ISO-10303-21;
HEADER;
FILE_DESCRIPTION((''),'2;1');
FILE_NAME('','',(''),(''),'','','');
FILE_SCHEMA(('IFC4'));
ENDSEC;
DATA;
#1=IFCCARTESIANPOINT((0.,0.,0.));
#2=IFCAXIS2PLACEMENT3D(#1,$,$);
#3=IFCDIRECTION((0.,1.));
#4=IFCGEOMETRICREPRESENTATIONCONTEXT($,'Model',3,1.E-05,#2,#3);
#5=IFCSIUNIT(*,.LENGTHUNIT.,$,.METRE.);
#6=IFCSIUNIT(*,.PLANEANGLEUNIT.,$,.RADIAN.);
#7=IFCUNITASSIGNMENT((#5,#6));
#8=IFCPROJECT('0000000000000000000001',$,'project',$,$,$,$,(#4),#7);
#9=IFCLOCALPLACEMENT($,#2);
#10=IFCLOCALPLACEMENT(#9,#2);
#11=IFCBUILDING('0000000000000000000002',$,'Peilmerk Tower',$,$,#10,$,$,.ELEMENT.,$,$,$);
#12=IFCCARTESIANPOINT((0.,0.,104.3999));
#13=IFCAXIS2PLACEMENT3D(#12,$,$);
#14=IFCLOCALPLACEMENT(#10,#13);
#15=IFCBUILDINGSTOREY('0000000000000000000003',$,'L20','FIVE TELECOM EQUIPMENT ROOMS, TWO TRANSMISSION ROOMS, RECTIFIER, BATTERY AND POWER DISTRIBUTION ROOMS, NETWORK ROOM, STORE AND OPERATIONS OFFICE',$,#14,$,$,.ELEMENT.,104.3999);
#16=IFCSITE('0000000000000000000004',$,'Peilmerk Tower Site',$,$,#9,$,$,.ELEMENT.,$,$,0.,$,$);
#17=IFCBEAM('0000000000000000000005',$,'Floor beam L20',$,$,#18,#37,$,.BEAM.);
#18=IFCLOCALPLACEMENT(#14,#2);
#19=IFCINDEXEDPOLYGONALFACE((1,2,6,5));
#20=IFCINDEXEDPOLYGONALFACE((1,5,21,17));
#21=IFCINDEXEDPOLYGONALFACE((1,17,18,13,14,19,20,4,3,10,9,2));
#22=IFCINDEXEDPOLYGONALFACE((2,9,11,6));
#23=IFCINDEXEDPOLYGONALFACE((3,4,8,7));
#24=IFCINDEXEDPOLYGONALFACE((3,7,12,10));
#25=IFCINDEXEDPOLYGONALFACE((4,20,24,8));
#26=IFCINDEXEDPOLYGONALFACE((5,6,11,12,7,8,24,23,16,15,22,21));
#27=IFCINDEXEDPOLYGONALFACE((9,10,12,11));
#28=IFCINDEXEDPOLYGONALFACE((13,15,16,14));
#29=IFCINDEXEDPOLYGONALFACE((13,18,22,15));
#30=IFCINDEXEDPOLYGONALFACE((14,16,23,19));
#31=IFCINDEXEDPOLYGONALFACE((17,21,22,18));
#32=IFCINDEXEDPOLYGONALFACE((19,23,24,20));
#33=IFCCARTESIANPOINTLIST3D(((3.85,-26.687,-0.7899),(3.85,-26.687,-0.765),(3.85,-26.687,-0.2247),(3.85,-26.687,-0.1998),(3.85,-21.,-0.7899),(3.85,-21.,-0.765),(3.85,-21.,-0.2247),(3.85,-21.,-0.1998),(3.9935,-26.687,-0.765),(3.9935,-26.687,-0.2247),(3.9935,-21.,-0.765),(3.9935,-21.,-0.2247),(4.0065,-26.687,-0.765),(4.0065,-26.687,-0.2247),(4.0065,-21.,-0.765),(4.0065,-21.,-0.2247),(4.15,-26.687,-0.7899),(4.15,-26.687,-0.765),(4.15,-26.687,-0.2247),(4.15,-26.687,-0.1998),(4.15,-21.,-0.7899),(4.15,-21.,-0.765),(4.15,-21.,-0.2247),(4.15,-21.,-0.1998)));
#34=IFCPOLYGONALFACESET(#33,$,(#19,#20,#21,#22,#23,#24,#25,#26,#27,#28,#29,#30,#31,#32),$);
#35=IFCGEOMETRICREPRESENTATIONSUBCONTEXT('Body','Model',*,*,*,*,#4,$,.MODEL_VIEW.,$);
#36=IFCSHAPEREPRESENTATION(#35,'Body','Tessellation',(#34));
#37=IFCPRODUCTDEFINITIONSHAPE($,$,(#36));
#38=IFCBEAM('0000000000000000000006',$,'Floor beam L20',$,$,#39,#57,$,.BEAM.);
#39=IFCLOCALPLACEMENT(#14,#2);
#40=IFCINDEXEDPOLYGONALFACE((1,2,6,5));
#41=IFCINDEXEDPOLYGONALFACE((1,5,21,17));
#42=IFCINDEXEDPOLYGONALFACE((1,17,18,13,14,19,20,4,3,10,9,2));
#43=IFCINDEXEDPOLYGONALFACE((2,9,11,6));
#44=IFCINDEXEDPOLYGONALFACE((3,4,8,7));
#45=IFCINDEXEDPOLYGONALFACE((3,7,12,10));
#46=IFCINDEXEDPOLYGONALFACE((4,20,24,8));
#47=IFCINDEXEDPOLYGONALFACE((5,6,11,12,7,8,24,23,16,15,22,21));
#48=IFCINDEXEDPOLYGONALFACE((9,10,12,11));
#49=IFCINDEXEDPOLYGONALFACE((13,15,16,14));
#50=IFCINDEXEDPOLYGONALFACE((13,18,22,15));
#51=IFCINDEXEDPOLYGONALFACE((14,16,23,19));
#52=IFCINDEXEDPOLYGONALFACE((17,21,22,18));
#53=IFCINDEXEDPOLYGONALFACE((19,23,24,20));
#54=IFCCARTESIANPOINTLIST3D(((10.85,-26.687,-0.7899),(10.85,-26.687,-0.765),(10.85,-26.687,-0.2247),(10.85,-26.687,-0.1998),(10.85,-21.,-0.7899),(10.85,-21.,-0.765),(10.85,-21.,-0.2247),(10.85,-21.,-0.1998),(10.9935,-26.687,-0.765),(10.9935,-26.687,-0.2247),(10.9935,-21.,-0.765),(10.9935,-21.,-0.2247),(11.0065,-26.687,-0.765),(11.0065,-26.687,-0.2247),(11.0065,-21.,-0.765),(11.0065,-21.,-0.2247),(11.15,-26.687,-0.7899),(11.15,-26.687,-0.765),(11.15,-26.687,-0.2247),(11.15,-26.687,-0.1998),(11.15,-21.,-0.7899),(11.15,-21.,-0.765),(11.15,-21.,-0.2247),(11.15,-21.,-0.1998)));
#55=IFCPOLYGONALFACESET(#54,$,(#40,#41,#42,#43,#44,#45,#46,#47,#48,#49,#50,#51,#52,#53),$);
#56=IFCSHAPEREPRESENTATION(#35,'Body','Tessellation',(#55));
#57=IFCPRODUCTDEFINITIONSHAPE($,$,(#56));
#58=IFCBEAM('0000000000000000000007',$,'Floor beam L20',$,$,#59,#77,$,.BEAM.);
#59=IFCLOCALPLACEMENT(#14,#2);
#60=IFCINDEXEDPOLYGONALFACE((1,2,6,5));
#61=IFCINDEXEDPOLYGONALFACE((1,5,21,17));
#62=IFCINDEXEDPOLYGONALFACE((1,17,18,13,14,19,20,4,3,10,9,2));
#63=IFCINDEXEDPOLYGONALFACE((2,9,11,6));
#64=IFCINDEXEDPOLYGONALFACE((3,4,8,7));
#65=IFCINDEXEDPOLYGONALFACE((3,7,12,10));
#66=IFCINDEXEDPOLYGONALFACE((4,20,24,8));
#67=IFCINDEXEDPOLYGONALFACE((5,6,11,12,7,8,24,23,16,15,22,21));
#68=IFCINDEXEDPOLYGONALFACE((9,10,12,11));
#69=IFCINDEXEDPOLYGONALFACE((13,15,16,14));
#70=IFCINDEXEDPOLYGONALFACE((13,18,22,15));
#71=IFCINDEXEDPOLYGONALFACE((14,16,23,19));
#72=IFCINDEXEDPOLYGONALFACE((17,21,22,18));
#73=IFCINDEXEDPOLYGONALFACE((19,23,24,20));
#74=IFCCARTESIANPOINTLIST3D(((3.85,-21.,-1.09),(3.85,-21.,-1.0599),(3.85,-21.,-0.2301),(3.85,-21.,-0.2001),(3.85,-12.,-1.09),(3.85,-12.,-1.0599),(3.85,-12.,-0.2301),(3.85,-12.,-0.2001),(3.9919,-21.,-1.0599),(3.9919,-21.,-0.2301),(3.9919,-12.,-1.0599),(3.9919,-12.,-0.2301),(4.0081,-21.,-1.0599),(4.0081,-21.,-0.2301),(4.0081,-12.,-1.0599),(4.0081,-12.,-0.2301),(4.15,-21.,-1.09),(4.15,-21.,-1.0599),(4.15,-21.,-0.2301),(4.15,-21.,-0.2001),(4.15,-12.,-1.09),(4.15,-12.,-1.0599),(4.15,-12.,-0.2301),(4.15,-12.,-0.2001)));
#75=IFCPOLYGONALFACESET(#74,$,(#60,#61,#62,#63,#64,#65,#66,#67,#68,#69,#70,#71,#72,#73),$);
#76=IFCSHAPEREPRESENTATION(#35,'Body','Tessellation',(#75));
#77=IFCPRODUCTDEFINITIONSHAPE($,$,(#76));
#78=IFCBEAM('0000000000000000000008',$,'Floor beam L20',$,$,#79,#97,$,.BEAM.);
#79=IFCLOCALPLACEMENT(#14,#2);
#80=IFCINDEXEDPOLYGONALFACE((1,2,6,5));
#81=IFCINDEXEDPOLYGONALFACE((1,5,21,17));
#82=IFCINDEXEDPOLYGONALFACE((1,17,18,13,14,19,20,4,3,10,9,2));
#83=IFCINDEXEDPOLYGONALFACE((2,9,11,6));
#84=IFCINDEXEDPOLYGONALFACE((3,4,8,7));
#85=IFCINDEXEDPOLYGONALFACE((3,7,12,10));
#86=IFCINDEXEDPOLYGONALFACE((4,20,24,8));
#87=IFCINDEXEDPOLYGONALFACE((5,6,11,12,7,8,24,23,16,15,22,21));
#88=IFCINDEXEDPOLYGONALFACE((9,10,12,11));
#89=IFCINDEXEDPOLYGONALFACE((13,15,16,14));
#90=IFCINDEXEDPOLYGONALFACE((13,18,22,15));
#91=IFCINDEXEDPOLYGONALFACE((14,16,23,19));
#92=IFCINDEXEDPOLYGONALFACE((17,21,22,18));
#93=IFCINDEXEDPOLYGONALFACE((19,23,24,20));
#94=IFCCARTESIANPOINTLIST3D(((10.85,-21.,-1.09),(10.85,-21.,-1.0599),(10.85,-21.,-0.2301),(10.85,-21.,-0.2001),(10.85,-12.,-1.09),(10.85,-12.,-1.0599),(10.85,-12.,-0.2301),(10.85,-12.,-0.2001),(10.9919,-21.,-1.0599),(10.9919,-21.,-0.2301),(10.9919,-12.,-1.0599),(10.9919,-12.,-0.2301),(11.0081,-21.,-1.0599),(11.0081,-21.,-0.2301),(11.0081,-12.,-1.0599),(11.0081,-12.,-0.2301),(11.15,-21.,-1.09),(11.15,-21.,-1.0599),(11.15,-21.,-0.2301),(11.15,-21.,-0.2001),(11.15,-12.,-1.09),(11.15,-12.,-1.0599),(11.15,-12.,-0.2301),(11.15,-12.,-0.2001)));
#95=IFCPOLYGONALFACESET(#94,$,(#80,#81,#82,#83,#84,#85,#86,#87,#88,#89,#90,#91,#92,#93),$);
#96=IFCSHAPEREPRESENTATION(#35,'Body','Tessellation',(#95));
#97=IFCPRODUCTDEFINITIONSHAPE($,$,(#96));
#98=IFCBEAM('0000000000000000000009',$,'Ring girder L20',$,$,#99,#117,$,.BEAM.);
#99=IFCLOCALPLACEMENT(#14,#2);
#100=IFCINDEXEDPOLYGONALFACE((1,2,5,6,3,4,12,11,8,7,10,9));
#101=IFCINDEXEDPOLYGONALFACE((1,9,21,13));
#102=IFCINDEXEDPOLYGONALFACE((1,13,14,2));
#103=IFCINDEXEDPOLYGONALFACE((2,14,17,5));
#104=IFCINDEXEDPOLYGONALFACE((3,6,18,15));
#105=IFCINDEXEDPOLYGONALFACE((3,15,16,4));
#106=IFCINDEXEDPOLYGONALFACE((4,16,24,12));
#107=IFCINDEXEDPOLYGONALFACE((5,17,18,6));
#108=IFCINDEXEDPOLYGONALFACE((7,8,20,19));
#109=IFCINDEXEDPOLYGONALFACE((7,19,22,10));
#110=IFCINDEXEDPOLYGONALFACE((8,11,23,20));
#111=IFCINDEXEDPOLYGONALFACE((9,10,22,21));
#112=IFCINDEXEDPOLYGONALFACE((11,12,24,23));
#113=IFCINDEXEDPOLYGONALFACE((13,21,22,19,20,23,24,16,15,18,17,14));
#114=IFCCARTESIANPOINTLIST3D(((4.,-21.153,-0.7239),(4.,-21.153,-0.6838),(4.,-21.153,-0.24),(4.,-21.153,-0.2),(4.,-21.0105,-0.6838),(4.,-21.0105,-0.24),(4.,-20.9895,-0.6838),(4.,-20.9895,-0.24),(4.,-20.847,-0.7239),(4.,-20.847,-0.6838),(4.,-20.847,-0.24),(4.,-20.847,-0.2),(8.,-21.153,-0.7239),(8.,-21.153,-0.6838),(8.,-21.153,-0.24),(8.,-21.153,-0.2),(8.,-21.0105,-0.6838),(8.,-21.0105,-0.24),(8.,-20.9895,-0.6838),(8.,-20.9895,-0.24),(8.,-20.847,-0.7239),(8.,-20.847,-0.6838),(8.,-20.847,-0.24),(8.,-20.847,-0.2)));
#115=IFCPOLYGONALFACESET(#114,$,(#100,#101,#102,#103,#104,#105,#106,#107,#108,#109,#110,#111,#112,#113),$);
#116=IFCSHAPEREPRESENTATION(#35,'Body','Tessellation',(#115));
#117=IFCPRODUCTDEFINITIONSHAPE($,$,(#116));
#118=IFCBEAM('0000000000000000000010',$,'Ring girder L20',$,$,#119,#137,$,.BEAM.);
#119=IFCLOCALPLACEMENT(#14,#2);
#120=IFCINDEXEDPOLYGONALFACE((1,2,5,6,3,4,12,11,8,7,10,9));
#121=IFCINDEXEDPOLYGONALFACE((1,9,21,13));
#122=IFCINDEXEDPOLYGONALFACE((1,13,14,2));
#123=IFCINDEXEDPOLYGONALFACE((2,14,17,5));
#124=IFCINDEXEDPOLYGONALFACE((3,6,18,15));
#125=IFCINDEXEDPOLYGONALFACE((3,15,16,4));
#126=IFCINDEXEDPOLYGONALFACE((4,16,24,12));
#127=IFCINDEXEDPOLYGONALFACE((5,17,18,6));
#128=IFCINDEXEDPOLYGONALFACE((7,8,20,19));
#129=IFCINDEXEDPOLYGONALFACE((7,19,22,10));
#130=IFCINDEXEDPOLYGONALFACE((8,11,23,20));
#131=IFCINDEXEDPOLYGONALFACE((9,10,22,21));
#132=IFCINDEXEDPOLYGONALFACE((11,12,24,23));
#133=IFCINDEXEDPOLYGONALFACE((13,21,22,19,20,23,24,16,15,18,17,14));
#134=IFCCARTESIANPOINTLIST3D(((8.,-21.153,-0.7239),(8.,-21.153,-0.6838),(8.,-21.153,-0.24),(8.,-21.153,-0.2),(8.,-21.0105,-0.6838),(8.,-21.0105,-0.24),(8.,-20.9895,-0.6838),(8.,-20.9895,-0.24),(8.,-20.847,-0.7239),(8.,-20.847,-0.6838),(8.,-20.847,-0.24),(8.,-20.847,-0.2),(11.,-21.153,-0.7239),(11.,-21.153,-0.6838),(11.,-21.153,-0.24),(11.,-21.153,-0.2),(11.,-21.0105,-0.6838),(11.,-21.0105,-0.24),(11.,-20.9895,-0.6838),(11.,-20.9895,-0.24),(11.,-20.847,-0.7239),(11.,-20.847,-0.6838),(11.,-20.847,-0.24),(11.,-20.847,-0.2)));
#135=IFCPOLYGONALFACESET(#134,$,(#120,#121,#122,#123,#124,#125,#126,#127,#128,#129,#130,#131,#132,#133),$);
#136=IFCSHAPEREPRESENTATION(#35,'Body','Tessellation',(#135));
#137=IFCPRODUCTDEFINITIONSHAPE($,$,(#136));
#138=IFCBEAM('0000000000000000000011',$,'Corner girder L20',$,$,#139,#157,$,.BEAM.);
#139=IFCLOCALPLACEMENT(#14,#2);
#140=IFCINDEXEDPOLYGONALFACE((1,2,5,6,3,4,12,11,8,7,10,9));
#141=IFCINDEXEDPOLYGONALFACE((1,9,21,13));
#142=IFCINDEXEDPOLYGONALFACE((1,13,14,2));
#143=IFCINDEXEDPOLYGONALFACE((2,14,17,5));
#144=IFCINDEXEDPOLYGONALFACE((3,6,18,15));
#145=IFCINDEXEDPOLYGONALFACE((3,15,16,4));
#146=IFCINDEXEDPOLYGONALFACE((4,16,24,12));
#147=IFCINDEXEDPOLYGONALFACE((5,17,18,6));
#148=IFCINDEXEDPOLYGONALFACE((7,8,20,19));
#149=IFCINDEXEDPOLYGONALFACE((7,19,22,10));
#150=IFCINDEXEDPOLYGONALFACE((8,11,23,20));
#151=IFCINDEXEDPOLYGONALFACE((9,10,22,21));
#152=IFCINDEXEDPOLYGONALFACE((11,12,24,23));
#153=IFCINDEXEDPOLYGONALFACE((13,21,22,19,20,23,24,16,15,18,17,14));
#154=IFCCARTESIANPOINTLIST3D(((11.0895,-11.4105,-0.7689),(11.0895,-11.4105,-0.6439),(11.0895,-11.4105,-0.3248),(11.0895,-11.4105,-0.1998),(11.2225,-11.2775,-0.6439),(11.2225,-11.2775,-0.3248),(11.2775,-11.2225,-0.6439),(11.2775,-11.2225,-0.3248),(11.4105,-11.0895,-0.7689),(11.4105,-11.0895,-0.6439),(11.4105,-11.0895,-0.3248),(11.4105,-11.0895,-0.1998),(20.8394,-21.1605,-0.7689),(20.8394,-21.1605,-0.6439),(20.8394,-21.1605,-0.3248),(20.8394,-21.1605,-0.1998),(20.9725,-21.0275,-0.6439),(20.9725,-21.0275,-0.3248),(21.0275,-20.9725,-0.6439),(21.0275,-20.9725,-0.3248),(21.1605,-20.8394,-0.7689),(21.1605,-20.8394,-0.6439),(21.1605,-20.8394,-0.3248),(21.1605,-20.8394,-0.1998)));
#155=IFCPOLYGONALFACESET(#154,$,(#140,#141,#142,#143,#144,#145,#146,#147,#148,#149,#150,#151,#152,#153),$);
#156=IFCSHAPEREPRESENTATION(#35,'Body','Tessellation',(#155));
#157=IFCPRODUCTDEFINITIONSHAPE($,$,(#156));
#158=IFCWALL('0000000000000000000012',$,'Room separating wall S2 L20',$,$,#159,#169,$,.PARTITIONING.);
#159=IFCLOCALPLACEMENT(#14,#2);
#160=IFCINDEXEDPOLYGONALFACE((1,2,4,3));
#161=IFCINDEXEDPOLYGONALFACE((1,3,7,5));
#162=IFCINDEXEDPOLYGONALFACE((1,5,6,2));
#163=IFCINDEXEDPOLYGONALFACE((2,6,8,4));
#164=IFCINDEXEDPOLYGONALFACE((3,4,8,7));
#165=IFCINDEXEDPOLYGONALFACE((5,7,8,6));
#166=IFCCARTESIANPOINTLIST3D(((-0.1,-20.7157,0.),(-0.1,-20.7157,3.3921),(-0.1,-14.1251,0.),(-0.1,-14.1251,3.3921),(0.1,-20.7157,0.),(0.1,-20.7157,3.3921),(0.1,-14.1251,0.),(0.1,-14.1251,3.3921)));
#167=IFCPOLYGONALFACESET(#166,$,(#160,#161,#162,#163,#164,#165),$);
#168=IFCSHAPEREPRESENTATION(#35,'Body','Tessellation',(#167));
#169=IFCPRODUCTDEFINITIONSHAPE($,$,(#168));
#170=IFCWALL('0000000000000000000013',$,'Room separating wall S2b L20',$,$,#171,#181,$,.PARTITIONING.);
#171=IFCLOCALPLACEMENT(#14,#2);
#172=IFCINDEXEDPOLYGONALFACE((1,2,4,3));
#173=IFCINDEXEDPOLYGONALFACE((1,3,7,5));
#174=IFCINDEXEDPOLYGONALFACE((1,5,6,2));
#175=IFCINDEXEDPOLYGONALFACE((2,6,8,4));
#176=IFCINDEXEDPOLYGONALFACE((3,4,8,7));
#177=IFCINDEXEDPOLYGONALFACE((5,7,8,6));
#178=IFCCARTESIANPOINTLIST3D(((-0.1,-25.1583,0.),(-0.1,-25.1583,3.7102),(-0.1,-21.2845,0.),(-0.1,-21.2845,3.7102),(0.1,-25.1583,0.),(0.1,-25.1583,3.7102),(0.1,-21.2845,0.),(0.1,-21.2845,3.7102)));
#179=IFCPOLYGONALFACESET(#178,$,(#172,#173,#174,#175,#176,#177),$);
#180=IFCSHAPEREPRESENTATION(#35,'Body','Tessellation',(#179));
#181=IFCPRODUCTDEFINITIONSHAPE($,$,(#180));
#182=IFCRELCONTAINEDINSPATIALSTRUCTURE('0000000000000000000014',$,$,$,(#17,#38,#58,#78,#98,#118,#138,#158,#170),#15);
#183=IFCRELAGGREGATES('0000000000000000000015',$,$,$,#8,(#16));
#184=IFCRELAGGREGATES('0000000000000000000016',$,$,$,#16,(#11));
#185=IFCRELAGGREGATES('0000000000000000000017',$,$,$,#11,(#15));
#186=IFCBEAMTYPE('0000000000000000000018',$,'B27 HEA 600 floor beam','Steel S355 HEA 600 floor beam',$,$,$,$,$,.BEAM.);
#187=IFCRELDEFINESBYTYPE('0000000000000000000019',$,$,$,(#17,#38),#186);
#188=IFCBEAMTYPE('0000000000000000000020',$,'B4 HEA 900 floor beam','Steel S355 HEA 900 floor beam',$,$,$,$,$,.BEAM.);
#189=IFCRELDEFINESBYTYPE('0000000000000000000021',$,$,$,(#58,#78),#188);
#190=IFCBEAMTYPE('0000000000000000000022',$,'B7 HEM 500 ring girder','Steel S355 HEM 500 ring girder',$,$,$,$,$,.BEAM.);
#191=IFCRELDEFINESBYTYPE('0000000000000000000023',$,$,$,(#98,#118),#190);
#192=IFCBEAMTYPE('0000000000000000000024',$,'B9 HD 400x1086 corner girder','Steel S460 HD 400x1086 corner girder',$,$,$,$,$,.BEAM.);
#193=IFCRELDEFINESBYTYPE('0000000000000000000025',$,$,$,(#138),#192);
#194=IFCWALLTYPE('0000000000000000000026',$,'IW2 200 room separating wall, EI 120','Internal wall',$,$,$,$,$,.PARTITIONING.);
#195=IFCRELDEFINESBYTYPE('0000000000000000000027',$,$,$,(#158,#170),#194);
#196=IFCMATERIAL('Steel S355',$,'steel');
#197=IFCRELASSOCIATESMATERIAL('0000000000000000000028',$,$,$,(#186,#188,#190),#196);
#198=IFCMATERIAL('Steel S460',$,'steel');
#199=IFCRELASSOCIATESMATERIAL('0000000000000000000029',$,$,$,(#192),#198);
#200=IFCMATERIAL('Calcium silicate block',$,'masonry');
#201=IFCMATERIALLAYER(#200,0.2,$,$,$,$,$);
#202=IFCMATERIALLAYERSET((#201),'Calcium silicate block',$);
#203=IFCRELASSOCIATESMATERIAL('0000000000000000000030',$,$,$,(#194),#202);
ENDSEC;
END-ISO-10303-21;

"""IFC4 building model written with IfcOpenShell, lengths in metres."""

from ifc_helpers import new_model, si_unit, direction, frame, frame_2d, origin, origin_2d, place, context, subcontext, project, spatial, rectangle, i_section, extrude, material, layer, layer_set, material_profile, profile_set, type_object, element, save


model = new_model("IFC4")

# Units and contexts
model_context = context("Model", 3, precision=1e-05, world=origin(), true_north=direction((0.0, 1.0)))
body_context = subcontext(model_context, "Body", "Model", "MODEL_VIEW")
ifc_project = project(units=[si_unit("LENGTHUNIT", "METRE"), si_unit("PLANEANGLEUNIT", "RADIAN")], contexts=[model_context])

# Site, building, storey
site_placement = place(None, origin())
site = spatial("IfcSite", under=ifc_project, at=site_placement, Name="Peilmerk Tower Site", CompositionType="ELEMENT", RefElevation=0.0)
building_placement = place(site_placement, origin())
building = spatial("IfcBuilding", under=site, at=building_placement, Name="Peilmerk Tower", CompositionType="ELEMENT")
storey_placement = place(building_placement, frame((0.0, 0.0, 104.3999)))
storey = spatial("IfcBuildingStorey", under=building, at=storey_placement, Name="L20", Description="FIVE TELECOM EQUIPMENT ROOMS, TWO TRANSMISSION ROOMS, RECTIFIER, BATTERY AND POWER DISTRIBUTION ROOMS, NETWORK ROOM, STORE AND OPERATIONS OFFICE", CompositionType="ELEMENT", Elevation=104.3999)

# Shared definitions
ifc_material_1 = material(Name="Steel S460", Category="steel")

# Beams
ifc_material_2 = material(Name="Steel S355", Category="steel")
ifc_material_profile_1 = material_profile(ifc_material_2, i_section(OverallWidth=0.3, OverallDepth=0.5901, WebThickness=0.0129, FlangeThickness=0.0249, at=origin_2d()), Name="HEA 600")
ifc_profile_set_1 = profile_set([ifc_material_profile_1], Name="Steel S355")
beam_type_1 = type_object("IfcBeamType", Name="B27 HEA 600 floor beam", Description="Steel S355 HEA 600 floor beam", PredefinedType="BEAM", material=ifc_profile_set_1)
for number, where, z_axis, x_axis, name in (
    (1, (4.0, -21.0, -0.4949), (0.0, -1.0, 0.0), (1.0, 0.0, 0.0), "Floor beam L20"),
    (2, (11.0, -21.0, -0.4949), (0.0, -1.0, 0.0), (1.0, 0.0, 0.0), "Floor beam L20"),
):
    element("IfcBeam", number, at=place(storey_placement, frame(where, z_axis=z_axis, x_axis=x_axis)), inside=storey, type_object=beam_type_1, Name=name, PredefinedType="BEAM", context=body_context, shape_type="SweptSolid", body=[
        extrude(i_section(OverallWidth=0.3, OverallDepth=0.5901, WebThickness=0.0129, FlangeThickness=0.0249, at=origin_2d()), origin(), (0.0, 0.0, 1.0), 5.687),
    ])
ifc_material_profile_2 = material_profile(ifc_material_2, i_section(OverallWidth=0.3, OverallDepth=0.8899, WebThickness=0.0161, FlangeThickness=0.03, at=origin_2d()), Name="HEA 900")
ifc_profile_set_2 = profile_set([ifc_material_profile_2], Name="Steel S355")
beam_type_2 = type_object("IfcBeamType", Name="B4 HEA 900 floor beam", Description="Steel S355 HEA 900 floor beam", PredefinedType="BEAM", material=ifc_profile_set_2)
for number, where, z_axis, x_axis, name in (
    (3, (4.0, -12.0, -0.645), (0.0, -1.0, 0.0), (1.0, 0.0, 0.0), "Floor beam L20"),
    (4, (11.0, -12.0, -0.645), (0.0, -1.0, 0.0), (1.0, 0.0, 0.0), "Floor beam L20"),
):
    element("IfcBeam", number, at=place(storey_placement, frame(where, z_axis=z_axis, x_axis=x_axis)), inside=storey, type_object=beam_type_2, Name=name, PredefinedType="BEAM", context=body_context, shape_type="SweptSolid", body=[
        extrude(i_section(OverallWidth=0.3, OverallDepth=0.8899, WebThickness=0.0161, FlangeThickness=0.03, at=origin_2d()), origin(), (0.0, 0.0, 1.0), 9.0),
    ])
ifc_material_profile_3 = material_profile(ifc_material_2, i_section(OverallWidth=0.3059, OverallDepth=0.5239, WebThickness=0.021, FlangeThickness=0.04, at=origin_2d()), Name="HEM 500")
ifc_profile_set_3 = profile_set([ifc_material_profile_3], Name="Steel S355")
beam_type_3 = type_object("IfcBeamType", Name="B7 HEM 500 ring girder", Description="Steel S355 HEM 500 ring girder", PredefinedType="BEAM", material=ifc_profile_set_3)
beam_1_placement = place(storey_placement, frame((4.0, -21.0, -0.4619), z_axis=(1.0, 0.0, 0.0), x_axis=(0.0, 1.0, 0.0)))
element("IfcBeam", 5, at=beam_1_placement, inside=storey, type_object=beam_type_3, Name="Ring girder L20", PredefinedType="BEAM", context=body_context, shape_type="SweptSolid", body=[
    extrude(i_section(OverallWidth=0.3059, OverallDepth=0.5239, WebThickness=0.021, FlangeThickness=0.04, at=origin_2d()), origin(), (0.0, 0.0, 1.0), 4.0),
])
beam_2_placement = place(storey_placement, frame((8.0, -21.0, -0.4619), z_axis=(1.0, 0.0, 0.0), x_axis=(0.0, 1.0, 0.0)))
element("IfcBeam", 6, at=beam_2_placement, inside=storey, type_object=beam_type_3, Name="Ring girder L20", PredefinedType="BEAM", context=body_context, shape_type="SweptSolid", body=[
    extrude(i_section(OverallWidth=0.3059, OverallDepth=0.5239, WebThickness=0.021, FlangeThickness=0.04, at=origin_2d()), origin(), (0.0, 0.0, 1.0), 3.0),
])
ifc_material_profile_4 = material_profile(ifc_material_1, i_section(OverallWidth=0.4541, OverallDepth=0.5691, WebThickness=0.0779, FlangeThickness=0.125, at=origin_2d()), Name="HD 400x1086")
ifc_profile_set_4 = profile_set([ifc_material_profile_4], Name="Steel S460")
beam_type_4 = type_object("IfcBeamType", Name="B9 HD 400x1086 corner girder", Description="Steel S460 HD 400x1086 corner girder", PredefinedType="BEAM", material=ifc_profile_set_4)
beam_3_placement = place(storey_placement, frame((11.25, -11.25, -0.4844), z_axis=(0.707107, -0.707107, 0.0), x_axis=(0.707107, 0.707107, 0.0)))
element("IfcBeam", 7, at=beam_3_placement, inside=storey, type_object=beam_type_4, Name="Corner girder L20", PredefinedType="BEAM", context=body_context, shape_type="SweptSolid", body=[
    extrude(i_section(OverallWidth=0.4541, OverallDepth=0.5691, WebThickness=0.0779, FlangeThickness=0.125, at=origin_2d()), origin(), (0.0, 0.0, 1.0), 13.7886),
])

# Walls
ifc_material_3 = material(Name="Calcium silicate block", Category="masonry")
ifc_layer_1 = layer(ifc_material_3, 0.2)
ifc_layer_set_1 = layer_set([ifc_layer_1], Name="Calcium silicate block")
wall_type_1 = type_object("IfcWallType", Name="IW2 200 room separating wall, EI 120", Description="Internal wall", PredefinedType="PARTITIONING", material=ifc_layer_set_1)
wall_1_placement = place(storey_placement, frame((0.0, -14.125, 0.0), z_axis=(0.0, 0.0, 1.0), x_axis=(0.0, -1.0, 0.0)))
element("IfcWall", 8, at=wall_1_placement, inside=storey, type_object=wall_type_1, Name="Room separating wall S2 L20", PredefinedType="PARTITIONING", context=body_context, shape_type="SweptSolid", body=[
    extrude(rectangle(XDim=6.5906, YDim=0.2, at=frame_2d((3.2954, 0.0))), origin(), (0.0, 0.0, 1.0), 3.3921),
])
wall_2_placement = place(storey_placement, frame((0.0, -21.2844, 0.0), z_axis=(0.0, 0.0, 1.0), x_axis=(0.0, -1.0, 0.0)))
element("IfcWall", 9, at=wall_2_placement, inside=storey, type_object=wall_type_1, Name="Room separating wall S2b L20", PredefinedType="PARTITIONING", context=body_context, shape_type="SweptSolid", body=[
    extrude(rectangle(XDim=3.8738, YDim=0.2, at=frame_2d((1.937, 0.0))), origin(), (0.0, 0.0, 1.0), 3.7102),
])

save(model, "model.ifc")
